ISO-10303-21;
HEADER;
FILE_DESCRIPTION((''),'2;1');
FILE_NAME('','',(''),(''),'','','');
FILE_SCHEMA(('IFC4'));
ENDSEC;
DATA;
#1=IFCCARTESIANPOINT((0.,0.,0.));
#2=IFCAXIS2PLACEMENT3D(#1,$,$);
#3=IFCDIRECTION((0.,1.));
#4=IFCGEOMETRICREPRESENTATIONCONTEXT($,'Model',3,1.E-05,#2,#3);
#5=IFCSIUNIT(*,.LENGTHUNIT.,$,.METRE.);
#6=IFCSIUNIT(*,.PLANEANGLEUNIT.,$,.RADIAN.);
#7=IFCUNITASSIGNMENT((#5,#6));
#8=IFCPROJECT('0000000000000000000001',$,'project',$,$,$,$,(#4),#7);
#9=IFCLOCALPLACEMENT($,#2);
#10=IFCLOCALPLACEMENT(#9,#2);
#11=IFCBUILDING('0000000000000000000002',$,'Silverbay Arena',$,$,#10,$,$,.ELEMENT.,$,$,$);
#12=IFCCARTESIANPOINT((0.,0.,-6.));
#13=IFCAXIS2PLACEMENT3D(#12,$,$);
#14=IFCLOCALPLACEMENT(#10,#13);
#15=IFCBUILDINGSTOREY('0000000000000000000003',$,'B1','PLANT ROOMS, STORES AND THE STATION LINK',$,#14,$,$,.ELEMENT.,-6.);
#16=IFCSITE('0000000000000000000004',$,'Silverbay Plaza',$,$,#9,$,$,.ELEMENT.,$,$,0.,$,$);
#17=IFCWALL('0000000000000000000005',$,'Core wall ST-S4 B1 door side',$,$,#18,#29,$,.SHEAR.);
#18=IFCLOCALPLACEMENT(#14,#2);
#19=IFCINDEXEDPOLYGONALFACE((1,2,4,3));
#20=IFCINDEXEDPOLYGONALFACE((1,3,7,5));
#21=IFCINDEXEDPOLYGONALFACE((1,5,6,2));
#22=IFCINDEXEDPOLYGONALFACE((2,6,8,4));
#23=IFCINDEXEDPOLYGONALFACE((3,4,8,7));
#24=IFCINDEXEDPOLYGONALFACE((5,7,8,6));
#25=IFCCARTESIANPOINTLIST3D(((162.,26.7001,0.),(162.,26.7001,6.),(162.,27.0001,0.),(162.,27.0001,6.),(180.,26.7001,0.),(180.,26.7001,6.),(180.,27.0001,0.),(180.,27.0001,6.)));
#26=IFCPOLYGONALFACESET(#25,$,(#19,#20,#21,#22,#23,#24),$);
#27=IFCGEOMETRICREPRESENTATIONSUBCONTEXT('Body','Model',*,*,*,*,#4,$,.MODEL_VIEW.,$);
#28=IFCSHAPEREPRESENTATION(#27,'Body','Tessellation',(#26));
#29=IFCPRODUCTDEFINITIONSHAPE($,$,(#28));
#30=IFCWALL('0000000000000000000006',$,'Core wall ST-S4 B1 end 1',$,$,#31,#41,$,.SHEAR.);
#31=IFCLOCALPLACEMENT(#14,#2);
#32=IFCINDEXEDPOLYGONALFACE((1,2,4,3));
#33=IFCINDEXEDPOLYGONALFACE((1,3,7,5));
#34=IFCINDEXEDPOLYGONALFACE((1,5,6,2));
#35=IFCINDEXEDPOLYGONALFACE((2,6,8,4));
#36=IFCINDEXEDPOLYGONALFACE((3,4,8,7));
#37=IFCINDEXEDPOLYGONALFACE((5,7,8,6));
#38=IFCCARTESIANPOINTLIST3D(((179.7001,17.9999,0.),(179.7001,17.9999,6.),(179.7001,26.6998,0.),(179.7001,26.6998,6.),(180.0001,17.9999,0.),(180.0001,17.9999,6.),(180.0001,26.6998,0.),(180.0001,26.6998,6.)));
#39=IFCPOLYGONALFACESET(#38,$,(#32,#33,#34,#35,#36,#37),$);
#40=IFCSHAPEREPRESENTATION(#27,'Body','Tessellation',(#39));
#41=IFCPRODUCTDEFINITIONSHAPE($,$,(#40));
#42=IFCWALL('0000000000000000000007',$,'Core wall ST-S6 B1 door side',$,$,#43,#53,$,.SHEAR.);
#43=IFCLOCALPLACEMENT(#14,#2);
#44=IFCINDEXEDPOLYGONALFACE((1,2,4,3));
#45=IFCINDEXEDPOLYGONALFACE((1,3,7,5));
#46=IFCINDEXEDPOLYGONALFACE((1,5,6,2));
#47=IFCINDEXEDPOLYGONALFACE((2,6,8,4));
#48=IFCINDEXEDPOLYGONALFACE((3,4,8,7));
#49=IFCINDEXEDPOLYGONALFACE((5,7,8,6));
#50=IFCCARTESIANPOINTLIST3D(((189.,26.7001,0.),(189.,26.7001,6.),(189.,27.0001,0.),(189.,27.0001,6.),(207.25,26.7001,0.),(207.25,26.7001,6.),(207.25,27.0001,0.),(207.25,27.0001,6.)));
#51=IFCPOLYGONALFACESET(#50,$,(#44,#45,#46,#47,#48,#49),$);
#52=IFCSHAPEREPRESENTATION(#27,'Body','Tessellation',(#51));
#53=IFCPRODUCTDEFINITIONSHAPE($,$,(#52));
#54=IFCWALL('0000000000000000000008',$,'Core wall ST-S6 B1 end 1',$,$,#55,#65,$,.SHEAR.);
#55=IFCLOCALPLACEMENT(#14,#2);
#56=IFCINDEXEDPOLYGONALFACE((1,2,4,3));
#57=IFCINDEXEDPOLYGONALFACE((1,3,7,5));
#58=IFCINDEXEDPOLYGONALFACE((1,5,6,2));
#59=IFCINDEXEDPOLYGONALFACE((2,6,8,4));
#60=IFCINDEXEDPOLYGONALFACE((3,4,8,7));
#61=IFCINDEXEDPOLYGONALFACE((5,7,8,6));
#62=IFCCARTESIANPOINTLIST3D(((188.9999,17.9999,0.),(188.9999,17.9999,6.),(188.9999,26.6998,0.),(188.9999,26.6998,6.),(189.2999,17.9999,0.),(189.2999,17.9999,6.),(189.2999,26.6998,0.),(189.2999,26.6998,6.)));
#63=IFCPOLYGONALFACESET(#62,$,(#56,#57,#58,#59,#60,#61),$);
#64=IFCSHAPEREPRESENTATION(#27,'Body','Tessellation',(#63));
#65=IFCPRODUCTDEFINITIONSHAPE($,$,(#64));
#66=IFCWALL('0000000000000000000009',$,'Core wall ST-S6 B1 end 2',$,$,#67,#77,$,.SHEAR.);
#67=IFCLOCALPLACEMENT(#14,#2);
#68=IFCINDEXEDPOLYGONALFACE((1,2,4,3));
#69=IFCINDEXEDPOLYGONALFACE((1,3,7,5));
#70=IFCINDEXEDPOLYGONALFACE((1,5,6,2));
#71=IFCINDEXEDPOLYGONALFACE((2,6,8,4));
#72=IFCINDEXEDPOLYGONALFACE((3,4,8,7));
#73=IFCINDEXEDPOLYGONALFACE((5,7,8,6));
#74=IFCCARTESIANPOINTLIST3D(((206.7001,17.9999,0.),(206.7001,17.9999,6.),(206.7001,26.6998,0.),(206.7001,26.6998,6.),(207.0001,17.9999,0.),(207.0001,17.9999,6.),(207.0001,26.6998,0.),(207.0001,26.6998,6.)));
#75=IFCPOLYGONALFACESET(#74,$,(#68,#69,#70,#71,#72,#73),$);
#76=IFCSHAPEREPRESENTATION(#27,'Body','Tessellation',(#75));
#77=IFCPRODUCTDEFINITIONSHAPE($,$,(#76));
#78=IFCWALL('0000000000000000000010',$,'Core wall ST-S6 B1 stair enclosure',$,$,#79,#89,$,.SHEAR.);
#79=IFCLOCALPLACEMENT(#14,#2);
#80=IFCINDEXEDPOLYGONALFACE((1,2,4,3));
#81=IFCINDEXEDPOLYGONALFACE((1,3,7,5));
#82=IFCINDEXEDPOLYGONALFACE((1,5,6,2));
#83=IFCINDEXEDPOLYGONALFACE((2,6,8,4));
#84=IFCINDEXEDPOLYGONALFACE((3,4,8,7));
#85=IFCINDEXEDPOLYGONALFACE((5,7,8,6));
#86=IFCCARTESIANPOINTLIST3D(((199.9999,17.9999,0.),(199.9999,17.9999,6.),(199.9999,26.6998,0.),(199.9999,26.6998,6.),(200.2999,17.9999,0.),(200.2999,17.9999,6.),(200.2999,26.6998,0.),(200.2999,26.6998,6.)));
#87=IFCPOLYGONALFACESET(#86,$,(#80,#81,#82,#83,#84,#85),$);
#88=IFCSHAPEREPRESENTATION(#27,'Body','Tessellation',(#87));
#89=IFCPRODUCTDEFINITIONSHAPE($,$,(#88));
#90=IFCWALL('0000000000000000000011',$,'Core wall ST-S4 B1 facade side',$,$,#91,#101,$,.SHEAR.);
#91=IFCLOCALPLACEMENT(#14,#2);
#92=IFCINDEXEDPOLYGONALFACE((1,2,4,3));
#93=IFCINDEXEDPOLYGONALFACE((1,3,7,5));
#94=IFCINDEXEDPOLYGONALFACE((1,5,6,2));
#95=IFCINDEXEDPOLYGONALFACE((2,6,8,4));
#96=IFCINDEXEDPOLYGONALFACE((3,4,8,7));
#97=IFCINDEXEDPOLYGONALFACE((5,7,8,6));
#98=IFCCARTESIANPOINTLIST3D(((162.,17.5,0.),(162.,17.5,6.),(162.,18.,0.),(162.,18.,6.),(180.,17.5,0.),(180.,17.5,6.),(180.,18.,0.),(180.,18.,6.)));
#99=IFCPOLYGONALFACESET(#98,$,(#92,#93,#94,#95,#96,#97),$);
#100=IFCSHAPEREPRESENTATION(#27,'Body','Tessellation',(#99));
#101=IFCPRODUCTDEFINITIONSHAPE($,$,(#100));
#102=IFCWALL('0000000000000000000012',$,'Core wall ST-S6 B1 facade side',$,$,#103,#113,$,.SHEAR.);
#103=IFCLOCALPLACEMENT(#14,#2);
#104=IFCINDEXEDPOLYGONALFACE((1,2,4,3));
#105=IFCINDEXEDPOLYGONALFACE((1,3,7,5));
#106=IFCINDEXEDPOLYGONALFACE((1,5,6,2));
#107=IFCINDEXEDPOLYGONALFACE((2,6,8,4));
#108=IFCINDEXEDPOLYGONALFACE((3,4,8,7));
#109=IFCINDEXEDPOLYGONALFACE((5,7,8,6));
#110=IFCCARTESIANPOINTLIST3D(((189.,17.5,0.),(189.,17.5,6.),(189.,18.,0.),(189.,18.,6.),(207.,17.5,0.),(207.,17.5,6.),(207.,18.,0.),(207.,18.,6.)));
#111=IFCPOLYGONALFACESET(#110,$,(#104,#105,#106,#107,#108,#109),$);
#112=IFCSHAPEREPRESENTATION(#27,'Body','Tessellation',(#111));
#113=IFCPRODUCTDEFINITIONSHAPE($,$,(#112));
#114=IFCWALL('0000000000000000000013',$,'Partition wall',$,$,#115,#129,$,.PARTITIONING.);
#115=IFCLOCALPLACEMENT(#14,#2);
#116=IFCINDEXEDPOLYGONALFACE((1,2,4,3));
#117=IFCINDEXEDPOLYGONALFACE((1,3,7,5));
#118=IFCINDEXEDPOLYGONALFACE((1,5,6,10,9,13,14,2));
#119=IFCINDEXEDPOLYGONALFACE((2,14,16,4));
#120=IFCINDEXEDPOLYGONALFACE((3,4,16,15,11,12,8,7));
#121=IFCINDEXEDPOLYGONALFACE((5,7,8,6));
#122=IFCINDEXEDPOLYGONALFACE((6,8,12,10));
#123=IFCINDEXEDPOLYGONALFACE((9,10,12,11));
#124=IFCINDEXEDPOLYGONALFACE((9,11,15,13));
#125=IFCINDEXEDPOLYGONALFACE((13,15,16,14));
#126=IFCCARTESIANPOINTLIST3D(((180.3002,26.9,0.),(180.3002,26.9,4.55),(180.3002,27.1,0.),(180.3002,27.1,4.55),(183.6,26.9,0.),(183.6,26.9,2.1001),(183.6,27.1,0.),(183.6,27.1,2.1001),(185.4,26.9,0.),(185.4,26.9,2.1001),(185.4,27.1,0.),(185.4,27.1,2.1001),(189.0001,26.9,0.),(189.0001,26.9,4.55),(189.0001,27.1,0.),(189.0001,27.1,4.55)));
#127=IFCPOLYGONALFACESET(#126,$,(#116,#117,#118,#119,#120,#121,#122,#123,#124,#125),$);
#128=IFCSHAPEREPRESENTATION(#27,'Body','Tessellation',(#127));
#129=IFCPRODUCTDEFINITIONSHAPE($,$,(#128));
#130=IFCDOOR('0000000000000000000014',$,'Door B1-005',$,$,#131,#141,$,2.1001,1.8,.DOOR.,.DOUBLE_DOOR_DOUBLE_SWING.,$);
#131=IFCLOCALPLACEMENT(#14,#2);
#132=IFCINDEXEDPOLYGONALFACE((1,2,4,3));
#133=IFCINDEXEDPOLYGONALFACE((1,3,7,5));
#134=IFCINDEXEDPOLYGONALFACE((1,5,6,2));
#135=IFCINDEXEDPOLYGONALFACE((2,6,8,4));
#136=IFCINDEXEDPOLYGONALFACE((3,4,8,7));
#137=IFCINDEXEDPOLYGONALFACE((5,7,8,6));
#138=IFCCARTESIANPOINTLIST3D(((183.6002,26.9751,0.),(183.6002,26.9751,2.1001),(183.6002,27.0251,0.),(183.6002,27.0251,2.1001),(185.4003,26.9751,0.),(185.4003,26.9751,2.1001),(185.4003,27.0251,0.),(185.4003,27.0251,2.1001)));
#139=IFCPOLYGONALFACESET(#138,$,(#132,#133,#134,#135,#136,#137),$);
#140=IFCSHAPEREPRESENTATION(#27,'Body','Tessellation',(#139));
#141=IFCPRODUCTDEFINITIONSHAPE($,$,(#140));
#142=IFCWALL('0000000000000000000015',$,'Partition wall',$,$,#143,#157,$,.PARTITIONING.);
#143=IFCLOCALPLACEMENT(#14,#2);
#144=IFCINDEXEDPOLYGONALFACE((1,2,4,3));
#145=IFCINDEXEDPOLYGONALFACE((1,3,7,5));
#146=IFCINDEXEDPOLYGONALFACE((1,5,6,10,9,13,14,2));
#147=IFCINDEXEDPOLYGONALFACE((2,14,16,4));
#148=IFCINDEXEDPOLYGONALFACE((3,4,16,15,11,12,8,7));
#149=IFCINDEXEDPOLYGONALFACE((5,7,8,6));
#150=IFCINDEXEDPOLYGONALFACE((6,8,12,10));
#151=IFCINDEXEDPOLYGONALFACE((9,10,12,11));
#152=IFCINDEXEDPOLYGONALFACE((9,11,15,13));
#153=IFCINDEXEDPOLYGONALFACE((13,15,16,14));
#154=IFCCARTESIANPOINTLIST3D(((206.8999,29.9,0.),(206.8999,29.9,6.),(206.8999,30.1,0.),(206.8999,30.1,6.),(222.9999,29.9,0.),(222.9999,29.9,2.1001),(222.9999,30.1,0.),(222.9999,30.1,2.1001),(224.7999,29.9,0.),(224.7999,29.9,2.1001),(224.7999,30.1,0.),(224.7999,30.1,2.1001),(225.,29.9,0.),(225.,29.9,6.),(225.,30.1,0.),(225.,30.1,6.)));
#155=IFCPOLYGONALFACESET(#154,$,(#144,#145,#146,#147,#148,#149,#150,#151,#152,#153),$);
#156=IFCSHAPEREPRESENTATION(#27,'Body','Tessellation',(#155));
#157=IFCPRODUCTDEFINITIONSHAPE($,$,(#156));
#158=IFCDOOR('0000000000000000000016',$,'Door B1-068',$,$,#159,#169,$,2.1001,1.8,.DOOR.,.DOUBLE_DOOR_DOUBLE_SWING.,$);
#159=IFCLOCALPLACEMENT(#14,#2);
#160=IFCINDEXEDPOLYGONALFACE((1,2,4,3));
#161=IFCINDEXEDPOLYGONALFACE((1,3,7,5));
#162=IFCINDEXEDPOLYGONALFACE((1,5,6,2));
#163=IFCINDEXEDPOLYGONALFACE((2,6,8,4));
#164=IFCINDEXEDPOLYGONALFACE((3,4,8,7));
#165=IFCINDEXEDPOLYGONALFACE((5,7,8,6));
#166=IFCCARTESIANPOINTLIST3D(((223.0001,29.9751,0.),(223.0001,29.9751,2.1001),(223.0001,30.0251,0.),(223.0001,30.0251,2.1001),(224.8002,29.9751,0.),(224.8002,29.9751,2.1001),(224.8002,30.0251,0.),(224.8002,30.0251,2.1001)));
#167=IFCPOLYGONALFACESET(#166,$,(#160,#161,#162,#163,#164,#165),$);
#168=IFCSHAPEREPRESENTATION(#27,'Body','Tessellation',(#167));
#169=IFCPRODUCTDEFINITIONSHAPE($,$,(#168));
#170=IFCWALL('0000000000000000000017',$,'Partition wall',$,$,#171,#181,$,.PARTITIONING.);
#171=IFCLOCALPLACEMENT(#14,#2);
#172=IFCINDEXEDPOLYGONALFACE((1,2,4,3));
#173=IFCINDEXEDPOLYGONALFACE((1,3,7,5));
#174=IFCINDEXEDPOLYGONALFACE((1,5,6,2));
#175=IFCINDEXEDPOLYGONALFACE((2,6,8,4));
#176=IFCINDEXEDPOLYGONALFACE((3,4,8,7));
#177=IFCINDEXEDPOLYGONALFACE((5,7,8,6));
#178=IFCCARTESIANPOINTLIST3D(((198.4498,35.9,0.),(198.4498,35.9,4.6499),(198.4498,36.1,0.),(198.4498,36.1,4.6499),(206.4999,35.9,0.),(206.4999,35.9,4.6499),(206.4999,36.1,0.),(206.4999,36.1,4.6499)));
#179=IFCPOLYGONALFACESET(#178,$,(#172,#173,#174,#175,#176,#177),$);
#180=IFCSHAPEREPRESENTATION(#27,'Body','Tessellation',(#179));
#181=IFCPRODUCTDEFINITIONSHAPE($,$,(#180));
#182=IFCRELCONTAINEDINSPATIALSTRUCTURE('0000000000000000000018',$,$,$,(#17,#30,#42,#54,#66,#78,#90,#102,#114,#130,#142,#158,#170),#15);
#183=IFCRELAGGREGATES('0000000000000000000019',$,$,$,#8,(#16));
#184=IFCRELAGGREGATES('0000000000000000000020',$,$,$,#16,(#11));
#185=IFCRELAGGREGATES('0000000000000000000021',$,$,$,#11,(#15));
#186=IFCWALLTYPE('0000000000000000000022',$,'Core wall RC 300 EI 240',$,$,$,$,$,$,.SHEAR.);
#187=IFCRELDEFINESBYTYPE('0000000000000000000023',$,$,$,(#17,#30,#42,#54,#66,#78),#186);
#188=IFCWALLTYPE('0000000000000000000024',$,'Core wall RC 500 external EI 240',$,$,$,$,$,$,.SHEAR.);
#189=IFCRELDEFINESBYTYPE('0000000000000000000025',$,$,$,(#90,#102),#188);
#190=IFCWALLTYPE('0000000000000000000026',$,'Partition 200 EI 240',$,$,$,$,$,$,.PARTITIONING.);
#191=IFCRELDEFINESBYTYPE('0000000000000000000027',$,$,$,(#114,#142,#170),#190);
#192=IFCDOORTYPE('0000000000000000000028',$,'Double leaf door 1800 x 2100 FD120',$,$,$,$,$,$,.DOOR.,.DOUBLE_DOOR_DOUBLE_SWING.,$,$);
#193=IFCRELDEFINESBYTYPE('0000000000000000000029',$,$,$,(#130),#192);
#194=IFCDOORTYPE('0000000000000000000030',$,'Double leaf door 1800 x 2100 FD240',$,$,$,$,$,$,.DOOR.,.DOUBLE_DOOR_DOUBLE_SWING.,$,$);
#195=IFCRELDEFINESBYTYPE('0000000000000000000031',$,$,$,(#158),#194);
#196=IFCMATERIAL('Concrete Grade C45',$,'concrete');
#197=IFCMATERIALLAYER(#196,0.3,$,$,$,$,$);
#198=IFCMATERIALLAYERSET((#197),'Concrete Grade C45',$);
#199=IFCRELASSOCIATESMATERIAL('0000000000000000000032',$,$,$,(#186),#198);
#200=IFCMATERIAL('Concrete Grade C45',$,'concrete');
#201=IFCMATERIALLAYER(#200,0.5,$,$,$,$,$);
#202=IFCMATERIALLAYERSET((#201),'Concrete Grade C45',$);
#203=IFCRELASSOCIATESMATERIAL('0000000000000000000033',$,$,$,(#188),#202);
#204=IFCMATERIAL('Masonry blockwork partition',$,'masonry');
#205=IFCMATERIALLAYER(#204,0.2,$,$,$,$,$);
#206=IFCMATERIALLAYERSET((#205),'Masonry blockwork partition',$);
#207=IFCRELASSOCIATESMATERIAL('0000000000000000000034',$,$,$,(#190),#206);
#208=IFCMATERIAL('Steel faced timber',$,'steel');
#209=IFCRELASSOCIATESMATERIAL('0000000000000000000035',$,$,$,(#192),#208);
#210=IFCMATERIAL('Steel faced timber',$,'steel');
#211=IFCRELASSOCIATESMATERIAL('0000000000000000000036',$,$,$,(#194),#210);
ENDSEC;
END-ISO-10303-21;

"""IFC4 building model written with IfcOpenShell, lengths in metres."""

from ifc_helpers import new_model, si_unit, direction, frame, frame_2d, origin, place, context, subcontext, project, spatial, rectangle, extrude, material, layer, layer_set, type_object, element, fill, save


model = new_model("IFC4")

# Units and contexts
model_context = context("Model", 3, precision=1e-05, world=origin(), true_north=direction((0.0, 1.0)))
body_context = subcontext(model_context, "Body", "Model", "MODEL_VIEW")
ifc_project = project(units=[si_unit("LENGTHUNIT", "METRE"), si_unit("PLANEANGLEUNIT", "RADIAN")], contexts=[model_context])

# Site, building, storey
site_placement = place(None, origin())
site = spatial("IfcSite", under=ifc_project, at=site_placement, Name="Silverbay Plaza", CompositionType="ELEMENT", RefElevation=0.0)
building_placement = place(site_placement, origin())
building = spatial("IfcBuilding", under=site, at=building_placement, Name="Silverbay Arena", CompositionType="ELEMENT")
storey_placement = place(building_placement, frame((0.0, 0.0, -6.0)))
storey = spatial("IfcBuildingStorey", under=building, at=storey_placement, Name="B1", Description="PLANT ROOMS, STORES AND THE STATION LINK", CompositionType="ELEMENT", Elevation=-6.0)

# Walls
ifc_material_1 = material(Name="Concrete Grade C45", Category="concrete")
ifc_layer_1 = layer(ifc_material_1, 0.3)
ifc_layer_set_1 = layer_set([ifc_layer_1], Name="Concrete Grade C45")
wall_type_1 = type_object("IfcWallType", Name="Core wall RC 300 EI 240", PredefinedType="SHEAR", material=ifc_layer_set_1)
wall_1_placement = place(storey_placement, frame((180.0, 26.8501, 0.0), z_axis=(0.0, 0.0, 1.0), x_axis=(-1.0, 0.0, 0.0)))
element("IfcWall", 1, at=wall_1_placement, inside=storey, type_object=wall_type_1, Name="Core wall ST-S4 B1 door side", PredefinedType="SHEAR", context=body_context, shape_type="SweptSolid", body=[
    extrude(rectangle(XDim=18.0, YDim=0.3, at=frame_2d((9.0, 0.0))), origin(), (0.0, 0.0, 1.0), 6.0),
])
wall_2_placement = place(storey_placement, frame((179.8501, 26.7, 0.0), z_axis=(0.0, 0.0, 1.0), x_axis=(0.0, -1.0, 0.0)))
element("IfcWall", 2, at=wall_2_placement, inside=storey, type_object=wall_type_1, Name="Core wall ST-S4 B1 end 1", PredefinedType="SHEAR", context=body_context, shape_type="SweptSolid", body=[
    extrude(rectangle(XDim=8.7, YDim=0.3, at=frame_2d((4.3501, 0.0))), origin(), (0.0, 0.0, 1.0), 6.0),
])
wall_3_placement = place(storey_placement, frame((189.0, 26.8501, 0.0), z_axis=(0.0, 0.0, 1.0), x_axis=(1.0, 0.0, 0.0)))
element("IfcWall", 3, at=wall_3_placement, inside=storey, type_object=wall_type_1, Name="Core wall ST-S6 B1 door side", PredefinedType="SHEAR", context=body_context, shape_type="SweptSolid", body=[
    extrude(rectangle(XDim=18.25, YDim=0.3, at=frame_2d((9.125, 0.0))), origin(), (0.0, 0.0, 1.0), 6.0),
])
for number, where, z_axis, x_axis, name in (
    (4, (189.1499, 26.7, 0.0), (0.0, 0.0, 1.0), (0.0, -1.0, 0.0), "Core wall ST-S6 B1 end 1"),
    (5, (206.8501, 26.7, 0.0), (0.0, 0.0, 1.0), (0.0, -1.0, 0.0), "Core wall ST-S6 B1 end 2"),
    (6, (200.1499, 26.7, 0.0), (0.0, 0.0, 1.0), (0.0, -1.0, 0.0), "Core wall ST-S6 B1 stair enclosure"),
):
    element("IfcWall", number, at=place(storey_placement, frame(where, z_axis=z_axis, x_axis=x_axis)), inside=storey, type_object=wall_type_1, Name=name, PredefinedType="SHEAR", context=body_context, shape_type="SweptSolid", body=[
        extrude(rectangle(XDim=8.7, YDim=0.3, at=frame_2d((4.3501, 0.0))), origin(), (0.0, 0.0, 1.0), 6.0),
    ])
ifc_material_2 = material(Name="Concrete Grade C45", Category="concrete")
ifc_layer_2 = layer(ifc_material_2, 0.5)
ifc_layer_set_2 = layer_set([ifc_layer_2], Name="Concrete Grade C45")
wall_type_2 = type_object("IfcWallType", Name="Core wall RC 500 external EI 240", PredefinedType="SHEAR", material=ifc_layer_set_2)
for number, where, z_axis, x_axis, name in (
    (7, (180.0, 17.75, 0.0), (0.0, 0.0, 1.0), (-1.0, 0.0, 0.0), "Core wall ST-S4 B1 facade side"),
    (8, (189.0, 17.75, 0.0), (0.0, 0.0, 1.0), (1.0, 0.0, 0.0), "Core wall ST-S6 B1 facade side"),
):
    element("IfcWall", number, at=place(storey_placement, frame(where, z_axis=z_axis, x_axis=x_axis)), inside=storey, type_object=wall_type_2, Name=name, PredefinedType="SHEAR", context=body_context, shape_type="SweptSolid", body=[
        extrude(rectangle(XDim=18.0, YDim=0.5, at=frame_2d((9.0, 0.0))), origin(), (0.0, 0.0, 1.0), 6.0),
    ])

# Walls, openings, doors
ifc_material_3 = material(Name="Masonry blockwork partition", Category="masonry")
ifc_layer_3 = layer(ifc_material_3, 0.2)
ifc_layer_set_3 = layer_set([ifc_layer_3], Name="Masonry blockwork partition")
wall_type_3 = type_object("IfcWallType", Name="Partition 200 EI 240", PredefinedType="PARTITIONING", material=ifc_layer_set_3)
wall_4_placement = place(storey_placement, frame((180.3, 27.0, 0.0), z_axis=(0.0, 0.0, 1.0), x_axis=(1.0, 0.0, 0.0)))
wall_4 = element("IfcWall", 9, at=wall_4_placement, inside=storey, type_object=wall_type_3, Name="Partition wall", PredefinedType="PARTITIONING", context=body_context, shape_type="SweptSolid", body=[
    extrude(rectangle(XDim=8.7, YDim=0.2, at=frame_2d((4.3501, 0.0))), origin(), (0.0, 0.0, 1.0), 4.55),
])
opening_1_placement = place(wall_4_placement, frame((3.3, 0.0, 0.0)))
opening_1 = element("IfcOpeningElement", 10, at=opening_1_placement, cuts=wall_4, PredefinedType="OPENING", context=body_context, shape_type="SweptSolid", body=[
    extrude(rectangle(XDim=1.8, YDim=2.1001, at=frame_2d((0.8999, 1.05))), frame((0.0, 0.1099, 0.0), z_axis=(0.0, -1.0, 0.0), x_axis=(1.0, 0.0, 0.0)), (0.0, 0.0, 1.0), 0.22),
])
ifc_material_4 = material(Name="Steel faced timber", Category="steel")
door_type_1 = type_object("IfcDoorType", Name="Double leaf door 1800 x 2100 FD120", OperationType="DOUBLE_DOOR_DOUBLE_SWING", PredefinedType="DOOR", material=ifc_material_4)
door_1_placement = place(opening_1_placement, frame((1.8, 0.0, 0.0), z_axis=(0.0, 0.0, 1.0), x_axis=(-1.0, 0.0, 0.0)))
door_1 = element("IfcDoor", 11, at=door_1_placement, inside=storey, type_object=door_type_1, Name="Door B1-005", OperationType="DOUBLE_DOOR_DOUBLE_SWING", OverallHeight=2.1001, OverallWidth=1.8, PredefinedType="DOOR", context=body_context, shape_type="SweptSolid", body=[
    extrude(rectangle(XDim=1.8, YDim=2.1001, at=frame_2d((0.8999, 1.05))), frame((0.0, 0.0249, 0.0), z_axis=(0.0, -1.0, 0.0), x_axis=(1.0, 0.0, 0.0)), (0.0, 0.0, 1.0), 0.05),
])
fill(opening_1, door_1)
wall_5_placement = place(storey_placement, frame((206.8999, 30.0, 0.0), z_axis=(0.0, 0.0, 1.0), x_axis=(1.0, 0.0, 0.0)))
wall_5 = element("IfcWall", 12, at=wall_5_placement, inside=storey, type_object=wall_type_3, Name="Partition wall", PredefinedType="PARTITIONING", context=body_context, shape_type="SweptSolid", body=[
    extrude(rectangle(XDim=18.1001, YDim=0.2, at=frame_2d((9.05, 0.0))), origin(), (0.0, 0.0, 1.0), 6.0),
])
opening_2_placement = place(wall_5_placement, frame((16.1001, 0.0, 0.0)))
opening_2 = element("IfcOpeningElement", 13, at=opening_2_placement, cuts=wall_5, PredefinedType="OPENING", context=body_context, shape_type="SweptSolid", body=[
    extrude(rectangle(XDim=1.8, YDim=2.1001, at=frame_2d((0.8999, 1.05))), frame((0.0, 0.1099, 0.0), z_axis=(0.0, -1.0, 0.0), x_axis=(1.0, 0.0, 0.0)), (0.0, 0.0, 1.0), 0.22),
])
ifc_material_5 = material(Name="Steel faced timber", Category="steel")
door_type_2 = type_object("IfcDoorType", Name="Double leaf door 1800 x 2100 FD240", OperationType="DOUBLE_DOOR_DOUBLE_SWING", PredefinedType="DOOR", material=ifc_material_5)
door_2_placement = place(opening_2_placement, frame((1.8, 0.0, 0.0), z_axis=(0.0, 0.0, 1.0), x_axis=(-1.0, 0.0, 0.0)))
door_2 = element("IfcDoor", 14, at=door_2_placement, inside=storey, type_object=door_type_2, Name="Door B1-068", OperationType="DOUBLE_DOOR_DOUBLE_SWING", OverallHeight=2.1001, OverallWidth=1.8, PredefinedType="DOOR", context=body_context, shape_type="SweptSolid", body=[
    extrude(rectangle(XDim=1.8, YDim=2.1001, at=frame_2d((0.8999, 1.05))), frame((0.0, 0.0249, 0.0), z_axis=(0.0, -1.0, 0.0), x_axis=(1.0, 0.0, 0.0)), (0.0, 0.0, 1.0), 0.05),
])
fill(opening_2, door_2)

# Wall
wall_6_placement = place(storey_placement, frame((198.45, 36.0, 0.0), z_axis=(0.0, 0.0, 1.0), x_axis=(1.0, 0.0, 0.0)))
element("IfcWall", 15, at=wall_6_placement, inside=storey, type_object=wall_type_3, Name="Partition wall", PredefinedType="PARTITIONING", context=body_context, shape_type="SweptSolid", body=[
    extrude(rectangle(XDim=8.05, YDim=0.2, at=frame_2d((4.0249, 0.0))), origin(), (0.0, 0.0, 1.0), 4.6499),
])

save(model, "model.ifc")
